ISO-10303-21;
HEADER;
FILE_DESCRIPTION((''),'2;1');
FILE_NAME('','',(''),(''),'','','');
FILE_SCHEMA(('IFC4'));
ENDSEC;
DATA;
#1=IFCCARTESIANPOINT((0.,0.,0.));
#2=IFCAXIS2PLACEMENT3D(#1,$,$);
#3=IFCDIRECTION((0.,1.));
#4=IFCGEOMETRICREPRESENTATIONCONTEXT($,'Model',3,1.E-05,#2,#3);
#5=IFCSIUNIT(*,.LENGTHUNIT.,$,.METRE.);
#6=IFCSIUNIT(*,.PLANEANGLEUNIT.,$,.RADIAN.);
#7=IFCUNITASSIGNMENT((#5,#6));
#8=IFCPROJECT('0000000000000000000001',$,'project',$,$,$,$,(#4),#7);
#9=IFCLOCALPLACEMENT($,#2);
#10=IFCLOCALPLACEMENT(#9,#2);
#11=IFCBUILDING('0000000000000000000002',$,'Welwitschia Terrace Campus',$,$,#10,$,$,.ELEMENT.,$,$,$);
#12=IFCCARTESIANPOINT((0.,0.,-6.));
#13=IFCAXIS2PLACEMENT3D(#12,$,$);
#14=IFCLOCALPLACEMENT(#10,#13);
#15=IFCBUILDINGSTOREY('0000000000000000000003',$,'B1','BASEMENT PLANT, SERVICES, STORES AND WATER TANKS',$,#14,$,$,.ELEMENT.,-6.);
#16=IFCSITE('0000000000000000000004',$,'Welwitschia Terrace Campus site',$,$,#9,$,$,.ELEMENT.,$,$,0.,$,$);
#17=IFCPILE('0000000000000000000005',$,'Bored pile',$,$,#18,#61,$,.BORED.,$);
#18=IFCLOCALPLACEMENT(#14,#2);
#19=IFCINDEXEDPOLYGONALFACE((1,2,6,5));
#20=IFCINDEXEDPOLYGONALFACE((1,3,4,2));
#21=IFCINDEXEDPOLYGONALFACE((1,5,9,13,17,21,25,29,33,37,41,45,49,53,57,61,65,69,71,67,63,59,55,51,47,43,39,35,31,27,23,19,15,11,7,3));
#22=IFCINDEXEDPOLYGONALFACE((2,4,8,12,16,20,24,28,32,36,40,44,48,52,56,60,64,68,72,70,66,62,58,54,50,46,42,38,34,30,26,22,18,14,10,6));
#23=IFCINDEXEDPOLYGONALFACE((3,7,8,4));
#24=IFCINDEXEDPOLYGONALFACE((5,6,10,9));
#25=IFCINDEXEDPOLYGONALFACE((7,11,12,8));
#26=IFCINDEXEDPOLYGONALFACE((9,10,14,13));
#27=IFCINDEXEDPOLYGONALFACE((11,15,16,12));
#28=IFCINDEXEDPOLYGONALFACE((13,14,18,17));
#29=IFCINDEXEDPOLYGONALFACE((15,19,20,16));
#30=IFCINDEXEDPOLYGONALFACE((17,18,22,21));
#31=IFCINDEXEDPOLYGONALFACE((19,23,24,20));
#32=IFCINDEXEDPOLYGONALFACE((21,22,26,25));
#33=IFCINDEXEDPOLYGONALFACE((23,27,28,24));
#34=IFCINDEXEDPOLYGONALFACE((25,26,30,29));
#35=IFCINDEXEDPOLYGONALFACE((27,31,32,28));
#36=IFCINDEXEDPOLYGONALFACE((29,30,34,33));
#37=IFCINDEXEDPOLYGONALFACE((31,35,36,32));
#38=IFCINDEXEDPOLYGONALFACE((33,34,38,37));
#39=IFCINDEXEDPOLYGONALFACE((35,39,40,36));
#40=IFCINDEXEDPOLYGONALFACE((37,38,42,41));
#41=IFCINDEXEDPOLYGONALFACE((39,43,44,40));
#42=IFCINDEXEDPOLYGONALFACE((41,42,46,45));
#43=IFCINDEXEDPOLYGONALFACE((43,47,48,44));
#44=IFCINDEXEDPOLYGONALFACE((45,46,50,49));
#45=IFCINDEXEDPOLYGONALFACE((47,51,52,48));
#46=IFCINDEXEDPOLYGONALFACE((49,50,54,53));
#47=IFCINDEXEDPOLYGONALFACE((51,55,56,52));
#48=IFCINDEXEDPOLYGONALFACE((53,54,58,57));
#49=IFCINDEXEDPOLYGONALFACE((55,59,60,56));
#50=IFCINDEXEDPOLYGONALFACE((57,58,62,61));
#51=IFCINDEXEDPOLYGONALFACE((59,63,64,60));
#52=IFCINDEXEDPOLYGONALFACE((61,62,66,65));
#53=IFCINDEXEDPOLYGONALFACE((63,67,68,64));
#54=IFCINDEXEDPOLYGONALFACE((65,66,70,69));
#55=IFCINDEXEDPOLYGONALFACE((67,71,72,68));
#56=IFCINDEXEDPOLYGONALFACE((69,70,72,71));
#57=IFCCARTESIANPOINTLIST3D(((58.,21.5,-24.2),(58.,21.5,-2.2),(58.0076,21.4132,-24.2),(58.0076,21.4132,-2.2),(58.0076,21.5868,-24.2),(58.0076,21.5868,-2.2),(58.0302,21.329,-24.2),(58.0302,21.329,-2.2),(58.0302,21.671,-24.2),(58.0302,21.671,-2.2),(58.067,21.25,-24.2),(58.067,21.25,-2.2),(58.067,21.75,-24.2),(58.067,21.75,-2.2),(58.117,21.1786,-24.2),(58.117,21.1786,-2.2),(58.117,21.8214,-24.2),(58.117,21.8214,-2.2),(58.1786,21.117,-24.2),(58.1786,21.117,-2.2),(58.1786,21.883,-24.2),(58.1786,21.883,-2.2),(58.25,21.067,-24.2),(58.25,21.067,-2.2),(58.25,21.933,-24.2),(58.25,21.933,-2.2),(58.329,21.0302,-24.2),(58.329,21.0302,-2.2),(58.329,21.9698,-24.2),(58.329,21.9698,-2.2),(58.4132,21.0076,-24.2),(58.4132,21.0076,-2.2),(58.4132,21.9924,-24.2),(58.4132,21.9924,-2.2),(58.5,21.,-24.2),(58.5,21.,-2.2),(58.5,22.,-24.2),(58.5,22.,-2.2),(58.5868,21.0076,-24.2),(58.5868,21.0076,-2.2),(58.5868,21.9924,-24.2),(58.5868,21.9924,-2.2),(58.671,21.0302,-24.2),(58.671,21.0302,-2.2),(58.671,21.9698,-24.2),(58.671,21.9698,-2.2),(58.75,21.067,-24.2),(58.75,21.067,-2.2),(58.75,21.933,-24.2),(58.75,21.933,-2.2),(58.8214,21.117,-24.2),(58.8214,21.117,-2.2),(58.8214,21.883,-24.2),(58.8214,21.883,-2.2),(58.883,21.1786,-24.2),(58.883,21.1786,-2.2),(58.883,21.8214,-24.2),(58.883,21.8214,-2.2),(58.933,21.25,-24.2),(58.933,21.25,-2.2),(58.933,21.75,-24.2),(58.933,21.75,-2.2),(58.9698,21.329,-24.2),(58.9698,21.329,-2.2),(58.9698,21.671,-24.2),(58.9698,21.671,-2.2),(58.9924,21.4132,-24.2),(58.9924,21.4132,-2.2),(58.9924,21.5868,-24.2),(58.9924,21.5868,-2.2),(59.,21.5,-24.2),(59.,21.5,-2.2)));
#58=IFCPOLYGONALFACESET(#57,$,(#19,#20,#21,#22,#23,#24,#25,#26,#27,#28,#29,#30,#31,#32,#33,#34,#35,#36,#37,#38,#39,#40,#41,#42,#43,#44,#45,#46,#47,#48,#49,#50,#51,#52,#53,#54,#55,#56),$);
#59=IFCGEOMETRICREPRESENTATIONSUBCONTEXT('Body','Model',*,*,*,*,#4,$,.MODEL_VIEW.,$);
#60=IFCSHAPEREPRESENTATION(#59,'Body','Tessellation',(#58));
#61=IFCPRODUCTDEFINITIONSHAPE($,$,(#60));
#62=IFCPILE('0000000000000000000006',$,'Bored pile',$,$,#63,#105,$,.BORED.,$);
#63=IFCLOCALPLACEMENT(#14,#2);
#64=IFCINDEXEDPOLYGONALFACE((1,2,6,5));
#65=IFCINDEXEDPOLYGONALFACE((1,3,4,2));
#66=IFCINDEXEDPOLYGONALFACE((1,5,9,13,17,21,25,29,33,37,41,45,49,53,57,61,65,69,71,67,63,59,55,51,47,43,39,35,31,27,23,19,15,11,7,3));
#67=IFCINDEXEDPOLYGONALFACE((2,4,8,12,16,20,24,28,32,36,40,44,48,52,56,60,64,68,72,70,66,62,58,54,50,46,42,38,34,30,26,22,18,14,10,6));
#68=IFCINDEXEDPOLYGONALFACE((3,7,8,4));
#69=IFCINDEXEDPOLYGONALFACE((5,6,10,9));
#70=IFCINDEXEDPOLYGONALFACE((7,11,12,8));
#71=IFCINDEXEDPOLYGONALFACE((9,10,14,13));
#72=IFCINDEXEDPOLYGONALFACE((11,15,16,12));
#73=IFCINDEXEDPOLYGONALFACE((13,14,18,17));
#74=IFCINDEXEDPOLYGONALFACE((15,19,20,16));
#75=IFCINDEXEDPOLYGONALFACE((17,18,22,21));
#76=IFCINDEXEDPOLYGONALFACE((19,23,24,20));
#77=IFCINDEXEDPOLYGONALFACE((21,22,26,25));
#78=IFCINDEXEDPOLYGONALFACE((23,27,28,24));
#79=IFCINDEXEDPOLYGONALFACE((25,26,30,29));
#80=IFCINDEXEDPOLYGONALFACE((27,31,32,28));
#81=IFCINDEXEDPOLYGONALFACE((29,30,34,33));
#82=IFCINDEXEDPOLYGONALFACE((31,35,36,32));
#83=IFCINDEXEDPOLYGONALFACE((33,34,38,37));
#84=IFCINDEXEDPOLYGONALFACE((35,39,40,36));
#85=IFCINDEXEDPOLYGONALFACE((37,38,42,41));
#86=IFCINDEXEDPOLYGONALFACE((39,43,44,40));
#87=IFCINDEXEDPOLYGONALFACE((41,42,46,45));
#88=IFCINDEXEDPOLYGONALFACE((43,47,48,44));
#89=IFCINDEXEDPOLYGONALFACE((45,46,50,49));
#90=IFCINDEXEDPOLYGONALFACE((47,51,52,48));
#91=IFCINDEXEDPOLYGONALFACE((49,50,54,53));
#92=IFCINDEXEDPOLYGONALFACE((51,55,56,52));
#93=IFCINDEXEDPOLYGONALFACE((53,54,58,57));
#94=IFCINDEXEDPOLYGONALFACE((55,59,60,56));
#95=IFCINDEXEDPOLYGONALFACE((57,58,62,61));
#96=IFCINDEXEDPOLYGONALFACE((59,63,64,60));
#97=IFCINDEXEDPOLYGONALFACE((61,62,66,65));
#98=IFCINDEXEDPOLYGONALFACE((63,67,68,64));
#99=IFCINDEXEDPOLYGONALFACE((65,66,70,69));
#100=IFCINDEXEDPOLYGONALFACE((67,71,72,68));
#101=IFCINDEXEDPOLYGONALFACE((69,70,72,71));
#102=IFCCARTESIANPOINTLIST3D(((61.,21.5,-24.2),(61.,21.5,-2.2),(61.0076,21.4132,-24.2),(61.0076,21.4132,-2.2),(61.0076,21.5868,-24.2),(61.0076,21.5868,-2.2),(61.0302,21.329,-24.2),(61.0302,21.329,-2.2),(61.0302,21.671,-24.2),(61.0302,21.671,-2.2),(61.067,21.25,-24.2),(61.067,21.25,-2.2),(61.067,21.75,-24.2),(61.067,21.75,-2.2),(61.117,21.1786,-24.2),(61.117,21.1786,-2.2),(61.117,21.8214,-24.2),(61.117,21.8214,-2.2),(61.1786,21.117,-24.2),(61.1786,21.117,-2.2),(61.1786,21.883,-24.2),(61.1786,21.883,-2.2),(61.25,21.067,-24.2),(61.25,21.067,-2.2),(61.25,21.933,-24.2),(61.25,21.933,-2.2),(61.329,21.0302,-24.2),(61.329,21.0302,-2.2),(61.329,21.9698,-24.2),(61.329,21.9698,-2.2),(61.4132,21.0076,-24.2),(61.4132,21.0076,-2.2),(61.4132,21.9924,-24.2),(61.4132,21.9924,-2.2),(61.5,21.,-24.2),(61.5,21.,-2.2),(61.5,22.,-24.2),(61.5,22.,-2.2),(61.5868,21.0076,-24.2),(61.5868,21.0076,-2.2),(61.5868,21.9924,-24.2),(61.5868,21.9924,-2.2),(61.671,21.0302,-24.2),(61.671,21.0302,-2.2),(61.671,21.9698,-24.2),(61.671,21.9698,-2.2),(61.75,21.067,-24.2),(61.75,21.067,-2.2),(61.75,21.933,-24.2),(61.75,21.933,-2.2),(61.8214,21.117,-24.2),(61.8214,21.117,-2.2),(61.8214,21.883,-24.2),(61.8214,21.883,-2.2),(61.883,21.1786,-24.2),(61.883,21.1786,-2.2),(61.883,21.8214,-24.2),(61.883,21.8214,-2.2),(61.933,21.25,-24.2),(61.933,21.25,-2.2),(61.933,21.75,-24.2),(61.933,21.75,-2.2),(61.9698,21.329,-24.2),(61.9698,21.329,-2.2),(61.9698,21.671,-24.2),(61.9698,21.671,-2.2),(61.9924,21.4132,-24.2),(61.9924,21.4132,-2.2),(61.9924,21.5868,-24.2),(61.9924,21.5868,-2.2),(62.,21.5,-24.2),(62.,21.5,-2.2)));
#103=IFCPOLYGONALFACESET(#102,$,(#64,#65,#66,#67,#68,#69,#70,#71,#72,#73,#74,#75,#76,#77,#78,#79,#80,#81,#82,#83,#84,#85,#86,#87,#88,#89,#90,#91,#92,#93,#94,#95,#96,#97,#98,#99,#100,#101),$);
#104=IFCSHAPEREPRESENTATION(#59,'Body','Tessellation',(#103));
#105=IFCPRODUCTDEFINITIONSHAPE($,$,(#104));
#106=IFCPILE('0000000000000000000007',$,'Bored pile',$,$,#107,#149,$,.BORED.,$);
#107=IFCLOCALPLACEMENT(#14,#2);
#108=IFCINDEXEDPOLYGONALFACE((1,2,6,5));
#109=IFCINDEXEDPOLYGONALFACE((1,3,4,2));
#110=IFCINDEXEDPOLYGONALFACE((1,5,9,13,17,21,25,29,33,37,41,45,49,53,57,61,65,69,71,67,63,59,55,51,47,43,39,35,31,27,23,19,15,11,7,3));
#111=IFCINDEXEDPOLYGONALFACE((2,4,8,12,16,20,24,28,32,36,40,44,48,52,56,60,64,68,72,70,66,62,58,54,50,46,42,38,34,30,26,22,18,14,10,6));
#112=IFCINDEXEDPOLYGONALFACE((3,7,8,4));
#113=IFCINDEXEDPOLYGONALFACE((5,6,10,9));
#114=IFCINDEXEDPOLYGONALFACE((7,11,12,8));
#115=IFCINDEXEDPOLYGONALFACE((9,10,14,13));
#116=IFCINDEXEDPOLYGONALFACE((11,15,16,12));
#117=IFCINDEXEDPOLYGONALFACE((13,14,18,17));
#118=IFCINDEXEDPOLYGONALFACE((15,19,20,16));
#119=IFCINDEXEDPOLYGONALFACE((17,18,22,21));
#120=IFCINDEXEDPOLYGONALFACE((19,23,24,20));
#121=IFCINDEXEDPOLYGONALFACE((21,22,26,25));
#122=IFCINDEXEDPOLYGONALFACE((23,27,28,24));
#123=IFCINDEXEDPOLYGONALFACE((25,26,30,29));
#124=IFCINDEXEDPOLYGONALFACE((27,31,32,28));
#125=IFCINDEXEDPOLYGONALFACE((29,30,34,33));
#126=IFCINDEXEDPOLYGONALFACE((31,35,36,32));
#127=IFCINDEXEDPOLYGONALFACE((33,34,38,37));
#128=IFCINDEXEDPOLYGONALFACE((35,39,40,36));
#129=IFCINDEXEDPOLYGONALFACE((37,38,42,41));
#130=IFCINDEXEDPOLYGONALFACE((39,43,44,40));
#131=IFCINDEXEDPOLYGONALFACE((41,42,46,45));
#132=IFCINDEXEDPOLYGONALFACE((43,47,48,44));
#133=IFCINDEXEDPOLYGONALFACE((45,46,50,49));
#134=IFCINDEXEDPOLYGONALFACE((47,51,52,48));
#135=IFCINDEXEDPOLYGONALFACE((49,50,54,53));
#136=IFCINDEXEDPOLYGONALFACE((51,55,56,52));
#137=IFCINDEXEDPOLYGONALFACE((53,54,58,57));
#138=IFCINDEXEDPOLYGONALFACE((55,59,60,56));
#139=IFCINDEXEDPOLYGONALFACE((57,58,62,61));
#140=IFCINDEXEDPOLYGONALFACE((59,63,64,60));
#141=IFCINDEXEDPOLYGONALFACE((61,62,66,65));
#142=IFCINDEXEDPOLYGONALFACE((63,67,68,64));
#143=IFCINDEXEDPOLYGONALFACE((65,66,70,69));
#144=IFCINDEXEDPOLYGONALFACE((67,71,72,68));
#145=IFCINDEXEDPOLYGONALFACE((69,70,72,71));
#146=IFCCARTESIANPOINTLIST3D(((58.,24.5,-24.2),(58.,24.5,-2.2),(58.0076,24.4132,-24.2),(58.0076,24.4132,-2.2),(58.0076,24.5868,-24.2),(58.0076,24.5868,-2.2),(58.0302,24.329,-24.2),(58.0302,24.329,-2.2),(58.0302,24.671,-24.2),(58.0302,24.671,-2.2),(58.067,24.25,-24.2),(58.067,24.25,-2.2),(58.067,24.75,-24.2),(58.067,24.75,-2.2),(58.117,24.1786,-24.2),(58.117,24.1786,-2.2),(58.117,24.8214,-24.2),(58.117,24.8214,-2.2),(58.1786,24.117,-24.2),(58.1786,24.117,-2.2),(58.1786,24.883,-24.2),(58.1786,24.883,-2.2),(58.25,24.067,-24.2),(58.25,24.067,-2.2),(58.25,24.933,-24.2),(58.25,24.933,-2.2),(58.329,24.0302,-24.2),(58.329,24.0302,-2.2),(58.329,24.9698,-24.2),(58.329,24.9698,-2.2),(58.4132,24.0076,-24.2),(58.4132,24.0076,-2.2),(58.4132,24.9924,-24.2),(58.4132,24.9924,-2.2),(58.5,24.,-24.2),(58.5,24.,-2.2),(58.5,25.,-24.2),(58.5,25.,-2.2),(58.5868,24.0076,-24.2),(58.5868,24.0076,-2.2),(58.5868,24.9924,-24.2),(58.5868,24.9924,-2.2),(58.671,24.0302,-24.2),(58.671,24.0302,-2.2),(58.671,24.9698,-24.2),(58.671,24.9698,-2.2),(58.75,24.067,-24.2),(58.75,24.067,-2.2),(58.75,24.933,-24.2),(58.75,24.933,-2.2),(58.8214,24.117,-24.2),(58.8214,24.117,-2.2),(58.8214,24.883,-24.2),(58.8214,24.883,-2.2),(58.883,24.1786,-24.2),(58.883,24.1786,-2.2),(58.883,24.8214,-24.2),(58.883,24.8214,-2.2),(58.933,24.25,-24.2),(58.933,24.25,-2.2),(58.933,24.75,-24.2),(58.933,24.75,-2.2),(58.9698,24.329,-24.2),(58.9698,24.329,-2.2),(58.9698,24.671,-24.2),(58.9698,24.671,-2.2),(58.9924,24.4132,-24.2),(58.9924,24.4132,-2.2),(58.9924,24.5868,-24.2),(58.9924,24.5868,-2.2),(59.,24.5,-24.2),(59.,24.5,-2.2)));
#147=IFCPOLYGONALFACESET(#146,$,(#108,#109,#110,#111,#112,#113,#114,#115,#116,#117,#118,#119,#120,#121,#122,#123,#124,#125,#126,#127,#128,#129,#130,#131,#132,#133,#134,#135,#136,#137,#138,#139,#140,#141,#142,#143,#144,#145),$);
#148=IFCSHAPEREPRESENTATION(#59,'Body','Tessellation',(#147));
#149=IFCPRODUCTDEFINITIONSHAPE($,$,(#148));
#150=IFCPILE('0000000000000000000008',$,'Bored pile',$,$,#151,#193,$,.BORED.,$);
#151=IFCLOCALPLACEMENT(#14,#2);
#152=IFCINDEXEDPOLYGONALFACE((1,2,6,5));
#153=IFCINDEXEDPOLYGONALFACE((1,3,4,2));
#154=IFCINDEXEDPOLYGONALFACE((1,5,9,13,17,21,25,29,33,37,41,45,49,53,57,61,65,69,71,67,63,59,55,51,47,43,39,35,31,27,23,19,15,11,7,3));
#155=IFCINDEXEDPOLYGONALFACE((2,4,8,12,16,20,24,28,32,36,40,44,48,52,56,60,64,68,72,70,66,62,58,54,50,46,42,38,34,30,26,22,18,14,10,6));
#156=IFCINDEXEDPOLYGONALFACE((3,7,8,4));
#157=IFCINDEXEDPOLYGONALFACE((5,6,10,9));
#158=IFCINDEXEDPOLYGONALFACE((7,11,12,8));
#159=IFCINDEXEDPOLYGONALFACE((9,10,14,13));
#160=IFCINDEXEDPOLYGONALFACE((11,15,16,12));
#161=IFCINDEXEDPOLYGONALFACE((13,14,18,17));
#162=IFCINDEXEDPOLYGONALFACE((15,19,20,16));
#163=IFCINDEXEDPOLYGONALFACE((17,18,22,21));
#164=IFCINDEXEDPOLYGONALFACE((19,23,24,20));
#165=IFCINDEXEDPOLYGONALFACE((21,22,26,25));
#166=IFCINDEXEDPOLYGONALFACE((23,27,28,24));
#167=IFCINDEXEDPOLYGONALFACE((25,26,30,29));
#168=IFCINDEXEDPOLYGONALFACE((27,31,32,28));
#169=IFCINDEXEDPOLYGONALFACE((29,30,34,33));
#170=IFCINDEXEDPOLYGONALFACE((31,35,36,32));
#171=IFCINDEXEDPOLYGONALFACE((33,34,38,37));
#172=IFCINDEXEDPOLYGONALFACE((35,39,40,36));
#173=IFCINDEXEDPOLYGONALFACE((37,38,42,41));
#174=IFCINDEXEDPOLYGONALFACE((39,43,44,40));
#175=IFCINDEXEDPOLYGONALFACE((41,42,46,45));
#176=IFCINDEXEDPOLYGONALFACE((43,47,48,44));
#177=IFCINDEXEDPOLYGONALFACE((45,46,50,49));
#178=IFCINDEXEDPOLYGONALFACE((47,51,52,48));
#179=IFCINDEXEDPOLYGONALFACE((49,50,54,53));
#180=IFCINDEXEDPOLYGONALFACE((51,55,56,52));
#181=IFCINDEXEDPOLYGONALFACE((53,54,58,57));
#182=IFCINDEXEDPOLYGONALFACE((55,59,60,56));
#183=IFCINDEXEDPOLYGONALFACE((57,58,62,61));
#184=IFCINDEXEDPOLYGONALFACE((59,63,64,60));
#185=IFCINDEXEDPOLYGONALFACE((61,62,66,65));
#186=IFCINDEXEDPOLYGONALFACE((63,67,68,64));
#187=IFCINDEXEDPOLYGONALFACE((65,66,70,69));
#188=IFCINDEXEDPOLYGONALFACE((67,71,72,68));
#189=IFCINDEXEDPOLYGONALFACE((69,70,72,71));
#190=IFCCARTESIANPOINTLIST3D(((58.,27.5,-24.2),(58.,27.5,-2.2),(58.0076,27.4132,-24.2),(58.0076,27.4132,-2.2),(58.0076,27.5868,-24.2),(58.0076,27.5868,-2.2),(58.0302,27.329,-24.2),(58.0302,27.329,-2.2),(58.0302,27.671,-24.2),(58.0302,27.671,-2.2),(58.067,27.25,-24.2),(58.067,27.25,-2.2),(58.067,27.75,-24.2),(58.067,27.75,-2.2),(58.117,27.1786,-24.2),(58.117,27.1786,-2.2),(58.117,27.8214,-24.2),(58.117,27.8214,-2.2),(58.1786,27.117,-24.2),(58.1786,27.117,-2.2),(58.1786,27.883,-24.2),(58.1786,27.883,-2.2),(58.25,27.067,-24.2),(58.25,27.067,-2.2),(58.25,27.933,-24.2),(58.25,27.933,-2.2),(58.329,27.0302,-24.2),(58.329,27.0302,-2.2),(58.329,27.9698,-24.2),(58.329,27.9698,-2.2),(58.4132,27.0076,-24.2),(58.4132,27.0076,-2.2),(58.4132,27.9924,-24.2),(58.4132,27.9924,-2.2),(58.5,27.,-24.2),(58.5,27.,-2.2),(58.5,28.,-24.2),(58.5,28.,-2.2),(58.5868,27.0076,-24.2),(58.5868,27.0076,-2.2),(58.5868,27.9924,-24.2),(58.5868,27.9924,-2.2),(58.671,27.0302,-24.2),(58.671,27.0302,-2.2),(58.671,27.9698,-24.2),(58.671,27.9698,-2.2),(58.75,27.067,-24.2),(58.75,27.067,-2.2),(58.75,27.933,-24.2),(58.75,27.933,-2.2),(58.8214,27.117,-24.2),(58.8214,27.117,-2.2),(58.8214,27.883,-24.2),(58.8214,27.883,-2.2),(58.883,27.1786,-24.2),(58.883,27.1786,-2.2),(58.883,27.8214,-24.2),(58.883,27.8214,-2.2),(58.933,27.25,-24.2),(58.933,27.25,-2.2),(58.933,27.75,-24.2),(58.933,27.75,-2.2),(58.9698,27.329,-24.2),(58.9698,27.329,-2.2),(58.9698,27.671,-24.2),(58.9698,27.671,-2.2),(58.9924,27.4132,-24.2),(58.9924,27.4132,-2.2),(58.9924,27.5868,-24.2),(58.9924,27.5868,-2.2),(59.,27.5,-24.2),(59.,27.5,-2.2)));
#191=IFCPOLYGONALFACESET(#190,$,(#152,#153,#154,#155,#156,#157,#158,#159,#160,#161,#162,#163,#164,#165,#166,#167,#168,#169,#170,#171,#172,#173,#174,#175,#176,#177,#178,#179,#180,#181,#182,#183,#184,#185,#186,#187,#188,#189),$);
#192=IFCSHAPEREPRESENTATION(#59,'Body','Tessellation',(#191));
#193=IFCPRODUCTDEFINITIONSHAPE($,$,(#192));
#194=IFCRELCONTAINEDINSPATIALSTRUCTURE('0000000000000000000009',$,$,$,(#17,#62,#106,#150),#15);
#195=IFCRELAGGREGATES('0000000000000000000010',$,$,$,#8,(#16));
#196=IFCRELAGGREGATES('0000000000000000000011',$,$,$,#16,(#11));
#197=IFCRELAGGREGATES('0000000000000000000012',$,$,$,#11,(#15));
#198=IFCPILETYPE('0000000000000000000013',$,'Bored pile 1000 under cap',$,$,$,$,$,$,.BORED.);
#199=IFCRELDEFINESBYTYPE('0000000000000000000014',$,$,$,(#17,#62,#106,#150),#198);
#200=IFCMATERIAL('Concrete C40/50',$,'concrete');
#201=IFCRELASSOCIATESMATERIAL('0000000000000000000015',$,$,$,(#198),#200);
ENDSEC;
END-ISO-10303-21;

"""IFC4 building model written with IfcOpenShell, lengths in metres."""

from ifc_helpers import new_model, si_unit, direction, frame, origin, origin_2d, place, context, subcontext, project, spatial, circle, extrude, material, type_object, element, save


model = new_model("IFC4")

# Units and contexts
model_context = context("Model", 3, precision=1e-05, world=origin(), true_north=direction((0.0, 1.0)))
body_context = subcontext(model_context, "Body", "Model", "MODEL_VIEW")
ifc_project = project(units=[si_unit("LENGTHUNIT", "METRE"), si_unit("PLANEANGLEUNIT", "RADIAN")], contexts=[model_context])

# Site, building, storey
site_placement = place(None, origin())
site = spatial("IfcSite", under=ifc_project, at=site_placement, Name="Welwitschia Terrace Campus site", CompositionType="ELEMENT", RefElevation=0.0)
building_placement = place(site_placement, origin())
building = spatial("IfcBuilding", under=site, at=building_placement, Name="Welwitschia Terrace Campus", CompositionType="ELEMENT")
storey_placement = place(building_placement, frame((0.0, 0.0, -6.0)))
storey = spatial("IfcBuildingStorey", under=building, at=storey_placement, Name="B1", Description="BASEMENT PLANT, SERVICES, STORES AND WATER TANKS", CompositionType="ELEMENT", Elevation=-6.0)

# Piles
ifc_material_1 = material(Name="Concrete C40/50", Category="concrete")
pile_type = type_object("IfcPileType", Name="Bored pile 1000 under cap", PredefinedType="BORED", material=ifc_material_1)
for number, where, z_axis, x_axis, name in (
    (1, (58.5, 21.5, -2.2), (0.0, 0.0, -1.0), (1.0, 0.0, 0.0), "Bored pile"),
    (2, (61.5, 21.5, -2.2), (0.0, 0.0, -1.0), (1.0, 0.0, 0.0), "Bored pile"),
    (3, (58.5, 24.5, -2.2), (0.0, 0.0, -1.0), (1.0, 0.0, 0.0), "Bored pile"),
    (4, (58.5, 27.5, -2.2), (0.0, 0.0, -1.0), (1.0, 0.0, 0.0), "Bored pile"),
):
    element("IfcPile", number, at=place(storey_placement, frame(where, z_axis=z_axis, x_axis=x_axis)), inside=storey, type_object=pile_type, Name=name, PredefinedType="BORED", context=body_context, shape_type="SweptSolid", body=[
        extrude(circle(Radius=0.5, at=origin_2d()), origin(), (0.0, 0.0, 1.0), 22.0),
    ])

save(model, "model.ifc")
